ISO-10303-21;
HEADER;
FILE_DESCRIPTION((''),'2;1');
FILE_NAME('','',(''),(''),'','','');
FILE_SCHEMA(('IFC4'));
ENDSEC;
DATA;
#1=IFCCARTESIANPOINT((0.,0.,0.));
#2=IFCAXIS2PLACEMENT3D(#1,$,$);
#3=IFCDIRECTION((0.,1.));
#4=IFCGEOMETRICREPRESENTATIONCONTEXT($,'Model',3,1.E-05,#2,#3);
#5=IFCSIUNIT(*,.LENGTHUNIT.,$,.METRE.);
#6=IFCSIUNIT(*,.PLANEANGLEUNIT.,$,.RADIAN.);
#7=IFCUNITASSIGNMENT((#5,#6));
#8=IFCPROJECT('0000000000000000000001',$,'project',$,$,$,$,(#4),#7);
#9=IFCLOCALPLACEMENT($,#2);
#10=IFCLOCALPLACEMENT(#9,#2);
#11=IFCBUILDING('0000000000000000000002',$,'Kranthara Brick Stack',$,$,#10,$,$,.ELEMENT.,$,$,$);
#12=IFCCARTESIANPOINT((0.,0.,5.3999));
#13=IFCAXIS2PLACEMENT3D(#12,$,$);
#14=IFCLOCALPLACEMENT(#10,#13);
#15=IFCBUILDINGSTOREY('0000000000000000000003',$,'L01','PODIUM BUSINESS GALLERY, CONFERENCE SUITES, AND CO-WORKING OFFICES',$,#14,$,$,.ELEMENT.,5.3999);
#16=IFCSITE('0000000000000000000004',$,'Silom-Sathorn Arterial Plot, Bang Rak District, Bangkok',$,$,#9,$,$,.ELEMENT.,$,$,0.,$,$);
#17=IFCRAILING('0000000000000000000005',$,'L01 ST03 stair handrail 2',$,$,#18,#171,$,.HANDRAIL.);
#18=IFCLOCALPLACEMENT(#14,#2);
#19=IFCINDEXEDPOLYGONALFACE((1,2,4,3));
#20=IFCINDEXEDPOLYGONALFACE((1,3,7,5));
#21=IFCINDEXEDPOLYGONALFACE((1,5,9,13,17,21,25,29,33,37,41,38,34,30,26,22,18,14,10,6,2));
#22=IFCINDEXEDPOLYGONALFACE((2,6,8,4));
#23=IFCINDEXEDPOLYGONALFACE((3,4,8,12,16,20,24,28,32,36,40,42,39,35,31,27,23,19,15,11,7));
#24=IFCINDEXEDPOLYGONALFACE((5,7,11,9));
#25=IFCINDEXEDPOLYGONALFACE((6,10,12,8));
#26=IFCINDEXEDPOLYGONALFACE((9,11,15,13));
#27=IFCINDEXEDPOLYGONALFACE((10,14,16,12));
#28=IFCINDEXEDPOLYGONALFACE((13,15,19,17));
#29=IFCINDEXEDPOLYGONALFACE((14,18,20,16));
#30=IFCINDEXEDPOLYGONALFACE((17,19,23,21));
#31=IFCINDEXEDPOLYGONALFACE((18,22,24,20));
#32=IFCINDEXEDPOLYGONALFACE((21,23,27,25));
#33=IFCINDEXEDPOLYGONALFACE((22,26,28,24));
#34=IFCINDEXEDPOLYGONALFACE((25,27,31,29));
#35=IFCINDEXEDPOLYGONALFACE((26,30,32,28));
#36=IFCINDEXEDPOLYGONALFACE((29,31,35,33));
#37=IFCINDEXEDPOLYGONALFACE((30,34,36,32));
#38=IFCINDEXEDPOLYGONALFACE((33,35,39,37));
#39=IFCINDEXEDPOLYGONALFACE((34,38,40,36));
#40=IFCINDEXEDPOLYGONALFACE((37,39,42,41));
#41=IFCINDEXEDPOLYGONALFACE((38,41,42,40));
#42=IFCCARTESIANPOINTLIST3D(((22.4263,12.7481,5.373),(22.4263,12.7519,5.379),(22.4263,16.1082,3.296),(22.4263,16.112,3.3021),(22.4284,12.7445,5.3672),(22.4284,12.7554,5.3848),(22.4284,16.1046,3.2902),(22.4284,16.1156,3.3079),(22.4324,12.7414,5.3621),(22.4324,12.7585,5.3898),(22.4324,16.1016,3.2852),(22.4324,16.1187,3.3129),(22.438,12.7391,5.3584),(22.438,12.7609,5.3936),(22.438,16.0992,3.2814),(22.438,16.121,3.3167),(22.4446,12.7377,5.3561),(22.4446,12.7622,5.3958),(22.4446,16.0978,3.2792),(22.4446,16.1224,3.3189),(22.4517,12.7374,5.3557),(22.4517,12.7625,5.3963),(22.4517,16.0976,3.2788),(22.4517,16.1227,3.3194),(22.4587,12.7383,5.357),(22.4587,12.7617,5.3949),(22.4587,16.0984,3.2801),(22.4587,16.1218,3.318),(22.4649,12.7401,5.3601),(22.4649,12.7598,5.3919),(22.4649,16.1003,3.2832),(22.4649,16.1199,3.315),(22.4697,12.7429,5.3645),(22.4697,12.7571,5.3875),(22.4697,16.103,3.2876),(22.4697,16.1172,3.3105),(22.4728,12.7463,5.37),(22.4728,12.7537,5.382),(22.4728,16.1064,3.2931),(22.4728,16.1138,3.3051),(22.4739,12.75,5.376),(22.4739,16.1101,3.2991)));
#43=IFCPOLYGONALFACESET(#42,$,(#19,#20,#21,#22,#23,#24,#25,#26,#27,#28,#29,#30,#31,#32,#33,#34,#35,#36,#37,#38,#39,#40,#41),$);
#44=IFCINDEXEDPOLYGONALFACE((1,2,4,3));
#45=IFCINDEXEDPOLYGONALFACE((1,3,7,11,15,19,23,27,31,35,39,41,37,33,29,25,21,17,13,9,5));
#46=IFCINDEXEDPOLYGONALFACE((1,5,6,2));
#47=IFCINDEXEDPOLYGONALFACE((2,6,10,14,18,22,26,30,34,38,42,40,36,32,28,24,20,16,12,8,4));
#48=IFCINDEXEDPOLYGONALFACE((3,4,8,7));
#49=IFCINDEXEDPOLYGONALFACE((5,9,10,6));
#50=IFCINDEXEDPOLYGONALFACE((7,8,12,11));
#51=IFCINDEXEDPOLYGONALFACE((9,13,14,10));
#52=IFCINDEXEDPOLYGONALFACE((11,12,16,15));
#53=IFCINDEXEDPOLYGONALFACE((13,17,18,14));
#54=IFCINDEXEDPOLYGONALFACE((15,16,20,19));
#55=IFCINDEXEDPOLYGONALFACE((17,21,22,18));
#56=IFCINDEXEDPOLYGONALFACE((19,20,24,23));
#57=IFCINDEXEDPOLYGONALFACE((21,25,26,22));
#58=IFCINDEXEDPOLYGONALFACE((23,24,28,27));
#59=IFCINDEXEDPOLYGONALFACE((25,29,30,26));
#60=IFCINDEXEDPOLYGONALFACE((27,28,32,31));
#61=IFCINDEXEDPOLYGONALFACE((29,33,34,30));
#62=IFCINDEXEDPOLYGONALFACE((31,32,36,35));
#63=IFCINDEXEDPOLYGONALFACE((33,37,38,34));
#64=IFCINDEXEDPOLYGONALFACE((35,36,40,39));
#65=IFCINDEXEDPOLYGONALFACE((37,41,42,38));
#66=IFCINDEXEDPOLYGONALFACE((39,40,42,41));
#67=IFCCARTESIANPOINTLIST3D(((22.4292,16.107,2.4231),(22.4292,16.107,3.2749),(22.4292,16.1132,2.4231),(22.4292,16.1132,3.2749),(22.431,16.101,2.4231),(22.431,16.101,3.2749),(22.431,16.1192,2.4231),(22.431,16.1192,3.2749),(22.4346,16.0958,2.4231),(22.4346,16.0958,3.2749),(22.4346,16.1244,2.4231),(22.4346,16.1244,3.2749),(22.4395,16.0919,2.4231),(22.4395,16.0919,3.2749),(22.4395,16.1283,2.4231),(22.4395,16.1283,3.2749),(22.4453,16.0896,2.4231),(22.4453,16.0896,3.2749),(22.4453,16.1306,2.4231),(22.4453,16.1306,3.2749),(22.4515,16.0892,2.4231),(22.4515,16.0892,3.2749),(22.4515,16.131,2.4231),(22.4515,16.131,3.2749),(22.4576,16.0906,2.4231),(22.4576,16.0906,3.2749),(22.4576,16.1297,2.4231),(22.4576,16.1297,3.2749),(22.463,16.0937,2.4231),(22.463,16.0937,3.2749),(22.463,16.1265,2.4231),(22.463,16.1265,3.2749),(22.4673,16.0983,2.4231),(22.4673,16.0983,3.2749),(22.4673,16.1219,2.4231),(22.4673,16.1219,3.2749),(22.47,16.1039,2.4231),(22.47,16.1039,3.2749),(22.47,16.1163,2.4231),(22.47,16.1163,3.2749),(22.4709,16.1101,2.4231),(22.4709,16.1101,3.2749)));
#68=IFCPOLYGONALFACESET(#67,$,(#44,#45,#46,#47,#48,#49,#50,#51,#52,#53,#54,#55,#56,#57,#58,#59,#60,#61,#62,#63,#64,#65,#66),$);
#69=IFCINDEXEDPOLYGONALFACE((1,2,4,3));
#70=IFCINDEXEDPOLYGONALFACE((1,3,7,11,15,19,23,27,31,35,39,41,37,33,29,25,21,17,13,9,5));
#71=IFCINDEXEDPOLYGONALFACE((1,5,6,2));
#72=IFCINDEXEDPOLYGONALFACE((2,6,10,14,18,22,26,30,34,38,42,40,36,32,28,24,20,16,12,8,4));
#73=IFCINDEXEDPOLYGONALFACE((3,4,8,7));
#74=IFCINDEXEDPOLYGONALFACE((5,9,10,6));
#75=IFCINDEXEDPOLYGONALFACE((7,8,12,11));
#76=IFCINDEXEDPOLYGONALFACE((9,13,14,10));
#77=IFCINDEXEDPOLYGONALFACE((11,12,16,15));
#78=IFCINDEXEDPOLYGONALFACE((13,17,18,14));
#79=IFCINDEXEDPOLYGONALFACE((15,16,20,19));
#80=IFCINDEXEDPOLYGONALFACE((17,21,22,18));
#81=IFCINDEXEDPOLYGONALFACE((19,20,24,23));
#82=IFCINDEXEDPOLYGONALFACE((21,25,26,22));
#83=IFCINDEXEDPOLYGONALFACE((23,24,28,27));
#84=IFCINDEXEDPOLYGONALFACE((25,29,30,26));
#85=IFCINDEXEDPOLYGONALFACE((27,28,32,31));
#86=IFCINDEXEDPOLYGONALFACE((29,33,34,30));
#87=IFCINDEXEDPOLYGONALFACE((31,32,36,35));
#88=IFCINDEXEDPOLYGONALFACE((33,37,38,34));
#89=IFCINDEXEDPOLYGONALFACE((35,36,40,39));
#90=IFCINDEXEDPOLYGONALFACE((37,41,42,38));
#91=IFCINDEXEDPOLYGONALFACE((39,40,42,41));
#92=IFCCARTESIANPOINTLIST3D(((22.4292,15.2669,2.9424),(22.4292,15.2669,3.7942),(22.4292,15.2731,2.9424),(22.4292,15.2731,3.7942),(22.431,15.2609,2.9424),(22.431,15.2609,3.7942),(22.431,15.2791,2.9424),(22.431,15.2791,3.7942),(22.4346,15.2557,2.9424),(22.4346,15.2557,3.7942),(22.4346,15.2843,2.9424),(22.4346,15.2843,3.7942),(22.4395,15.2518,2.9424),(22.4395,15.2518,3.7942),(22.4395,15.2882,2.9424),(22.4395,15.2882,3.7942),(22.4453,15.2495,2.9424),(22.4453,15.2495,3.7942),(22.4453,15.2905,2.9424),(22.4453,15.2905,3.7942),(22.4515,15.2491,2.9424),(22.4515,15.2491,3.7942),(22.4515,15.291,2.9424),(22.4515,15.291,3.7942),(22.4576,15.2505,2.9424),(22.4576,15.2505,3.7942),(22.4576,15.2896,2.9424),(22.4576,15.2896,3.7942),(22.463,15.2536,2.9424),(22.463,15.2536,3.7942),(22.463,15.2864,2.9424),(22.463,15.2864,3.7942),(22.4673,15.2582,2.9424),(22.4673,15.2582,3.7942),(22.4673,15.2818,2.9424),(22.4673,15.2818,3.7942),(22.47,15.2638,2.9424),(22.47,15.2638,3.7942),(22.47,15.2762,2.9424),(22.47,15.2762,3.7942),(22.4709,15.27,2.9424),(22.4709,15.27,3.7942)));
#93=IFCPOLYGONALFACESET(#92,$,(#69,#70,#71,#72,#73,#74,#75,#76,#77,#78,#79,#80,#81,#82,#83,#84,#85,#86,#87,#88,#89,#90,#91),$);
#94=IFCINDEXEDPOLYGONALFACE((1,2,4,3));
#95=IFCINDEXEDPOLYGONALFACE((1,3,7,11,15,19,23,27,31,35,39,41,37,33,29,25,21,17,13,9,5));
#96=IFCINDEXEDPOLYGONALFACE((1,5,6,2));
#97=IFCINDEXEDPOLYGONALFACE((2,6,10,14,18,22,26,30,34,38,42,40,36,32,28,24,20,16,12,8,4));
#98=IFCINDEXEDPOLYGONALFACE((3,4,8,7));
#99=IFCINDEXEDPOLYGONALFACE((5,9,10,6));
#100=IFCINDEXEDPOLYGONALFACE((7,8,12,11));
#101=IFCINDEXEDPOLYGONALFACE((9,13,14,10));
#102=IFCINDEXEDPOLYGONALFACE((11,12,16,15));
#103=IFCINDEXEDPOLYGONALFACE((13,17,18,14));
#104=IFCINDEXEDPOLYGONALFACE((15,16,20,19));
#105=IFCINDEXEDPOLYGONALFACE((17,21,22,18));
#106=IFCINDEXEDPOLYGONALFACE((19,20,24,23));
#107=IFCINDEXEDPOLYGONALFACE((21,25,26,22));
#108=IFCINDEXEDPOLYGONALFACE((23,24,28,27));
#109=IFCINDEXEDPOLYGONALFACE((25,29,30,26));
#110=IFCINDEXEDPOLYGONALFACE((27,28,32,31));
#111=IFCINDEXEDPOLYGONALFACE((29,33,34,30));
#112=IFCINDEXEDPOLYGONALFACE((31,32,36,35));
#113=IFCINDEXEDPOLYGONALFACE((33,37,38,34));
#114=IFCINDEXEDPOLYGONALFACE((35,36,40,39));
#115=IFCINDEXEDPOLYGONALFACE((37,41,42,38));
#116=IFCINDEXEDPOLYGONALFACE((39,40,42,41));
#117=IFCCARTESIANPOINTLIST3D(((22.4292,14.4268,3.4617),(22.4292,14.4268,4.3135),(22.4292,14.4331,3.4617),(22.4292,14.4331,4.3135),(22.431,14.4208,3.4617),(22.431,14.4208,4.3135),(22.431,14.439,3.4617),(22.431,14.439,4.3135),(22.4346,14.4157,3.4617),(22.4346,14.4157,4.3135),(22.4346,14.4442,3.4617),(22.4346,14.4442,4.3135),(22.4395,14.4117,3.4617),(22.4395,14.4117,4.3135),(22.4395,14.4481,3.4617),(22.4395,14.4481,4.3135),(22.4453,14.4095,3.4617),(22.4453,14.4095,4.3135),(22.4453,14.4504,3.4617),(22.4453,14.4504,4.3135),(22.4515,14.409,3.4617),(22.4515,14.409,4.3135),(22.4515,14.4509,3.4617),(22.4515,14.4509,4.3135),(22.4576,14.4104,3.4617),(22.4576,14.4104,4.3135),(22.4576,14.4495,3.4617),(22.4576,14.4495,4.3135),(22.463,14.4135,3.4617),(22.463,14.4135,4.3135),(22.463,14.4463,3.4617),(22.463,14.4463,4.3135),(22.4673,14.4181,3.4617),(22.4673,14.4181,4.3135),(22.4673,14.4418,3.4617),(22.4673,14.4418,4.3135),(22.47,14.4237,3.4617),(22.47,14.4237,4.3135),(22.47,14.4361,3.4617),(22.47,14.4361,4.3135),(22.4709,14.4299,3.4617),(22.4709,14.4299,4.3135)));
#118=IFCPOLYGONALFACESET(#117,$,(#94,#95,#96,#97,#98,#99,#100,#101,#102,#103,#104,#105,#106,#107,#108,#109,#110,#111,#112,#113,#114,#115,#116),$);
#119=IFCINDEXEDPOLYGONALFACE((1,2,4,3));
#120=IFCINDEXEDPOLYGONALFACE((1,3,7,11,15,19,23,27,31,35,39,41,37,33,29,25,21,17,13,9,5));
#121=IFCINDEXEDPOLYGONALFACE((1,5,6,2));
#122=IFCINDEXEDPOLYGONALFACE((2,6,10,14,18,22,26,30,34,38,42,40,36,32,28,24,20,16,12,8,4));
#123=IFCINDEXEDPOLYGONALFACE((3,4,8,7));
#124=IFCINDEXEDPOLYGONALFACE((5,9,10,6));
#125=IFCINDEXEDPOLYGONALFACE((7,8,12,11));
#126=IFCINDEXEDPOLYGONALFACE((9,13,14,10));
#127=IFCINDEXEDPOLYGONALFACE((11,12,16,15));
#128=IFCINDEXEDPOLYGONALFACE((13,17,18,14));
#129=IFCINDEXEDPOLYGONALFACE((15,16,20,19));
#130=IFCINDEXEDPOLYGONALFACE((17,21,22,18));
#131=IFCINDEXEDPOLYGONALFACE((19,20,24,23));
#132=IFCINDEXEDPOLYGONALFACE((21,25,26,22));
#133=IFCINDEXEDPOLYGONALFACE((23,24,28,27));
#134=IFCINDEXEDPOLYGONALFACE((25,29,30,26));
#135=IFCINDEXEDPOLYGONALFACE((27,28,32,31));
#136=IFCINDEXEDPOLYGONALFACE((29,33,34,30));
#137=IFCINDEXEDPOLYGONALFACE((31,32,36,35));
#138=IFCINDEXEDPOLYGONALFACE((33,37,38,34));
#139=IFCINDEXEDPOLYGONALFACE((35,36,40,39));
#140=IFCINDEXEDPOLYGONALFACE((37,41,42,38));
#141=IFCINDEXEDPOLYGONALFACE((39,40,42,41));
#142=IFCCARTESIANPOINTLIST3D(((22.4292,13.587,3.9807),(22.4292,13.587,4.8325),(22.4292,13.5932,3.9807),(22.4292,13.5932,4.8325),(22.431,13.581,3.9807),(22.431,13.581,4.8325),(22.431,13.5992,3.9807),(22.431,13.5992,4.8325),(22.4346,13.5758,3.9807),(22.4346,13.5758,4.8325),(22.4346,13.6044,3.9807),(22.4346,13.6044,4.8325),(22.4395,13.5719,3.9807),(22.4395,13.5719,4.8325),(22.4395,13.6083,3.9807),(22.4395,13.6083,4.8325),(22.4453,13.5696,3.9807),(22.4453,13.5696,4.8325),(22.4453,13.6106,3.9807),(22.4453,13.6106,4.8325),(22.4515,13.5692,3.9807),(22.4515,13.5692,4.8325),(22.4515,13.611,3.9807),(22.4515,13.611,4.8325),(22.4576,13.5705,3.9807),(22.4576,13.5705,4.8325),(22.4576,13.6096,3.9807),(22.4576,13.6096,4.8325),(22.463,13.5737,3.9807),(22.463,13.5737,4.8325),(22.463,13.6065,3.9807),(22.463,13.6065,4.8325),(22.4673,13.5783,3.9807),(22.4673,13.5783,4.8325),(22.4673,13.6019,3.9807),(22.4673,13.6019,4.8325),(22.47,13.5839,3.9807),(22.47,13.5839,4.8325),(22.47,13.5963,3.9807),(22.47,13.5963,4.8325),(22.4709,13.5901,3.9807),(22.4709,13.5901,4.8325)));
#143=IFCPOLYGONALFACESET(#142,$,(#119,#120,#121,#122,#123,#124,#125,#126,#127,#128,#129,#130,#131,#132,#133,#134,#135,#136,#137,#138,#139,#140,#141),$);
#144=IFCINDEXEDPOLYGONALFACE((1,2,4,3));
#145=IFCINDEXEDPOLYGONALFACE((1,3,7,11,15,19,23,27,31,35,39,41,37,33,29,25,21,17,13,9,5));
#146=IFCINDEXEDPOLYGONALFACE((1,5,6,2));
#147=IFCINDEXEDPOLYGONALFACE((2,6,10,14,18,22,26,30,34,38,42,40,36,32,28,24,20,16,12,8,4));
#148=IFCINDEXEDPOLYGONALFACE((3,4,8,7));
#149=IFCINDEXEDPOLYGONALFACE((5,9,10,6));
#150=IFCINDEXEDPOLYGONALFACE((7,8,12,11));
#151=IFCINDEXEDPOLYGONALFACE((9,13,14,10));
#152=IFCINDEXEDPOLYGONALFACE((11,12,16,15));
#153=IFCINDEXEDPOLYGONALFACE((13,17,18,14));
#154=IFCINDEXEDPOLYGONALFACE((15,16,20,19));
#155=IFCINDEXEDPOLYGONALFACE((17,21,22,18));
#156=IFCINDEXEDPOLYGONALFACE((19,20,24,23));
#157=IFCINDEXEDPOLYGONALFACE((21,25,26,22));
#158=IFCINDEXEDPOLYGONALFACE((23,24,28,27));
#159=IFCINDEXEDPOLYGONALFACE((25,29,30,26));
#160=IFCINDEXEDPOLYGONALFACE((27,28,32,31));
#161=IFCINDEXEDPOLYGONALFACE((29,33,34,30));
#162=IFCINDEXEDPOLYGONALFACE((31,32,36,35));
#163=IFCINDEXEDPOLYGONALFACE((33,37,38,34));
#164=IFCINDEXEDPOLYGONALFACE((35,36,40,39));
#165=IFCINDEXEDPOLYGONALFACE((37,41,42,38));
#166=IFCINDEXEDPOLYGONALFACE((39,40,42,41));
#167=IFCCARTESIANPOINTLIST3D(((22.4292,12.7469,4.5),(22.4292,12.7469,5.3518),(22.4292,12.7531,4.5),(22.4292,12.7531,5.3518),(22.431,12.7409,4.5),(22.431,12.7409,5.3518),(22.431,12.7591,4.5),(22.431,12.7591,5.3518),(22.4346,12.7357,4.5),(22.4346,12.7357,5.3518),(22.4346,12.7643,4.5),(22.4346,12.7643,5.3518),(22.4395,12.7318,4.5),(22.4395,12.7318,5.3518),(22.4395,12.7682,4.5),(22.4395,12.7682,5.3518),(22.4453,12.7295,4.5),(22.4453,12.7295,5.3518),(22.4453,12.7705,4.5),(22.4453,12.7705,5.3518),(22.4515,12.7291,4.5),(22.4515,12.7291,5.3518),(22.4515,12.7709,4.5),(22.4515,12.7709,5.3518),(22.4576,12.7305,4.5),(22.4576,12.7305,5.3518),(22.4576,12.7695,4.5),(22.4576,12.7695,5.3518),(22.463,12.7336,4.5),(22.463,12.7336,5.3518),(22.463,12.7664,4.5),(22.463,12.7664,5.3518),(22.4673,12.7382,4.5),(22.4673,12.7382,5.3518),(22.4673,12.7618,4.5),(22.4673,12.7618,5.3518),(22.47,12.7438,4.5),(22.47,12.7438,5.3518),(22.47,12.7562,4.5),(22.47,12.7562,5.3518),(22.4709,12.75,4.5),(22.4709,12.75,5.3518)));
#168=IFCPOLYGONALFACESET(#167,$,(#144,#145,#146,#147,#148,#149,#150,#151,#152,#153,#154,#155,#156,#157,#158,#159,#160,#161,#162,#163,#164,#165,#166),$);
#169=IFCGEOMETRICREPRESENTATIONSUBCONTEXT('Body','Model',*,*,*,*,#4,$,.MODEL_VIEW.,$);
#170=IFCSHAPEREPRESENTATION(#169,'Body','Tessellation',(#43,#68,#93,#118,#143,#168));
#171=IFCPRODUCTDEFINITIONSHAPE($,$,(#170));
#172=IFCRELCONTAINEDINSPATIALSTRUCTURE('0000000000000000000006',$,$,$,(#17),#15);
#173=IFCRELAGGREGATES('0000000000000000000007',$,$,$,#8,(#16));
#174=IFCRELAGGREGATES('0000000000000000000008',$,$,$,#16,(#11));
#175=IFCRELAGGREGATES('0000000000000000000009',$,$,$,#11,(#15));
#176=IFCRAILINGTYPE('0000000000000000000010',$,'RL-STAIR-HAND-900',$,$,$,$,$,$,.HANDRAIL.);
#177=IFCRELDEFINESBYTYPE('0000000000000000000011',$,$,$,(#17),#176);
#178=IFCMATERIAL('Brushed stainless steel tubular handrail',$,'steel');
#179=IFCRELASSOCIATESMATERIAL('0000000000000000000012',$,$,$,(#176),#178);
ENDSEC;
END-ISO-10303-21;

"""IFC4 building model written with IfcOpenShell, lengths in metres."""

from ifc_helpers import new_model, si_unit, direction, frame, origin, origin_2d, place, context, subcontext, project, spatial, circle, extrude, material, type_object, element, save


model = new_model("IFC4")

# Units and contexts
model_context = context("Model", 3, precision=1e-05, world=origin(), true_north=direction((0.0, 1.0)))
body_context = subcontext(model_context, "Body", "Model", "MODEL_VIEW")
ifc_project = project(units=[si_unit("LENGTHUNIT", "METRE"), si_unit("PLANEANGLEUNIT", "RADIAN")], contexts=[model_context])

# Site, building, storey
site_placement = place(None, origin())
site = spatial("IfcSite", under=ifc_project, at=site_placement, Name="Silom-Sathorn Arterial Plot, Bang Rak District, Bangkok", CompositionType="ELEMENT", RefElevation=0.0)
building_placement = place(site_placement, origin())
building = spatial("IfcBuilding", under=site, at=building_placement, Name="Kranthara Brick Stack", CompositionType="ELEMENT")
storey_placement = place(building_placement, frame((0.0, 0.0, 5.3999)))
storey = spatial("IfcBuildingStorey", under=building, at=storey_placement, Name="L01", Description="PODIUM BUSINESS GALLERY, CONFERENCE SUITES, AND CO-WORKING OFFICES", CompositionType="ELEMENT", Elevation=5.3999)

# Railing
ifc_material_1 = material(Name="Brushed stainless steel tubular handrail", Category="steel")
railing_type = type_object("IfcRailingType", Name="RL-STAIR-HAND-900", PredefinedType="HANDRAIL", material=ifc_material_1)
railing_placement = place(storey_placement, frame((22.45, 16.1101, 2.4231)))
element("IfcRailing", 1, at=railing_placement, inside=storey, type_object=railing_type, Name="L01 ST03 stair handrail 2", PredefinedType="HANDRAIL", context=body_context, shape_type="SweptSolid", body=[
    extrude(circle(Radius=0.0239, at=origin_2d()), frame((0.0, 0.0, 0.876), z_axis=(0.0, -0.850623, 0.525776), x_axis=(1.0, 0.0, 0.0)), (0.0, 0.0, 1.0), 3.9502),
    extrude(circle(Radius=0.021, at=origin_2d()), origin(), (0.0, 0.0, 1.0), 0.8518),
    extrude(circle(Radius=0.021, at=origin_2d()), frame((0.0, -0.8401, 0.5193)), (0.0, 0.0, 1.0), 0.8518),
    extrude(circle(Radius=0.021, at=origin_2d()), frame((0.0, -1.6802, 1.0386)), (0.0, 0.0, 1.0), 0.8518),
    extrude(circle(Radius=0.021, at=origin_2d()), frame((0.0, -2.52, 1.5576)), (0.0, 0.0, 1.0), 0.8518),
    extrude(circle(Radius=0.021, at=origin_2d()), frame((0.0, -3.3601, 2.0769)), (0.0, 0.0, 1.0), 0.8518),
])

save(model, "model.ifc")
